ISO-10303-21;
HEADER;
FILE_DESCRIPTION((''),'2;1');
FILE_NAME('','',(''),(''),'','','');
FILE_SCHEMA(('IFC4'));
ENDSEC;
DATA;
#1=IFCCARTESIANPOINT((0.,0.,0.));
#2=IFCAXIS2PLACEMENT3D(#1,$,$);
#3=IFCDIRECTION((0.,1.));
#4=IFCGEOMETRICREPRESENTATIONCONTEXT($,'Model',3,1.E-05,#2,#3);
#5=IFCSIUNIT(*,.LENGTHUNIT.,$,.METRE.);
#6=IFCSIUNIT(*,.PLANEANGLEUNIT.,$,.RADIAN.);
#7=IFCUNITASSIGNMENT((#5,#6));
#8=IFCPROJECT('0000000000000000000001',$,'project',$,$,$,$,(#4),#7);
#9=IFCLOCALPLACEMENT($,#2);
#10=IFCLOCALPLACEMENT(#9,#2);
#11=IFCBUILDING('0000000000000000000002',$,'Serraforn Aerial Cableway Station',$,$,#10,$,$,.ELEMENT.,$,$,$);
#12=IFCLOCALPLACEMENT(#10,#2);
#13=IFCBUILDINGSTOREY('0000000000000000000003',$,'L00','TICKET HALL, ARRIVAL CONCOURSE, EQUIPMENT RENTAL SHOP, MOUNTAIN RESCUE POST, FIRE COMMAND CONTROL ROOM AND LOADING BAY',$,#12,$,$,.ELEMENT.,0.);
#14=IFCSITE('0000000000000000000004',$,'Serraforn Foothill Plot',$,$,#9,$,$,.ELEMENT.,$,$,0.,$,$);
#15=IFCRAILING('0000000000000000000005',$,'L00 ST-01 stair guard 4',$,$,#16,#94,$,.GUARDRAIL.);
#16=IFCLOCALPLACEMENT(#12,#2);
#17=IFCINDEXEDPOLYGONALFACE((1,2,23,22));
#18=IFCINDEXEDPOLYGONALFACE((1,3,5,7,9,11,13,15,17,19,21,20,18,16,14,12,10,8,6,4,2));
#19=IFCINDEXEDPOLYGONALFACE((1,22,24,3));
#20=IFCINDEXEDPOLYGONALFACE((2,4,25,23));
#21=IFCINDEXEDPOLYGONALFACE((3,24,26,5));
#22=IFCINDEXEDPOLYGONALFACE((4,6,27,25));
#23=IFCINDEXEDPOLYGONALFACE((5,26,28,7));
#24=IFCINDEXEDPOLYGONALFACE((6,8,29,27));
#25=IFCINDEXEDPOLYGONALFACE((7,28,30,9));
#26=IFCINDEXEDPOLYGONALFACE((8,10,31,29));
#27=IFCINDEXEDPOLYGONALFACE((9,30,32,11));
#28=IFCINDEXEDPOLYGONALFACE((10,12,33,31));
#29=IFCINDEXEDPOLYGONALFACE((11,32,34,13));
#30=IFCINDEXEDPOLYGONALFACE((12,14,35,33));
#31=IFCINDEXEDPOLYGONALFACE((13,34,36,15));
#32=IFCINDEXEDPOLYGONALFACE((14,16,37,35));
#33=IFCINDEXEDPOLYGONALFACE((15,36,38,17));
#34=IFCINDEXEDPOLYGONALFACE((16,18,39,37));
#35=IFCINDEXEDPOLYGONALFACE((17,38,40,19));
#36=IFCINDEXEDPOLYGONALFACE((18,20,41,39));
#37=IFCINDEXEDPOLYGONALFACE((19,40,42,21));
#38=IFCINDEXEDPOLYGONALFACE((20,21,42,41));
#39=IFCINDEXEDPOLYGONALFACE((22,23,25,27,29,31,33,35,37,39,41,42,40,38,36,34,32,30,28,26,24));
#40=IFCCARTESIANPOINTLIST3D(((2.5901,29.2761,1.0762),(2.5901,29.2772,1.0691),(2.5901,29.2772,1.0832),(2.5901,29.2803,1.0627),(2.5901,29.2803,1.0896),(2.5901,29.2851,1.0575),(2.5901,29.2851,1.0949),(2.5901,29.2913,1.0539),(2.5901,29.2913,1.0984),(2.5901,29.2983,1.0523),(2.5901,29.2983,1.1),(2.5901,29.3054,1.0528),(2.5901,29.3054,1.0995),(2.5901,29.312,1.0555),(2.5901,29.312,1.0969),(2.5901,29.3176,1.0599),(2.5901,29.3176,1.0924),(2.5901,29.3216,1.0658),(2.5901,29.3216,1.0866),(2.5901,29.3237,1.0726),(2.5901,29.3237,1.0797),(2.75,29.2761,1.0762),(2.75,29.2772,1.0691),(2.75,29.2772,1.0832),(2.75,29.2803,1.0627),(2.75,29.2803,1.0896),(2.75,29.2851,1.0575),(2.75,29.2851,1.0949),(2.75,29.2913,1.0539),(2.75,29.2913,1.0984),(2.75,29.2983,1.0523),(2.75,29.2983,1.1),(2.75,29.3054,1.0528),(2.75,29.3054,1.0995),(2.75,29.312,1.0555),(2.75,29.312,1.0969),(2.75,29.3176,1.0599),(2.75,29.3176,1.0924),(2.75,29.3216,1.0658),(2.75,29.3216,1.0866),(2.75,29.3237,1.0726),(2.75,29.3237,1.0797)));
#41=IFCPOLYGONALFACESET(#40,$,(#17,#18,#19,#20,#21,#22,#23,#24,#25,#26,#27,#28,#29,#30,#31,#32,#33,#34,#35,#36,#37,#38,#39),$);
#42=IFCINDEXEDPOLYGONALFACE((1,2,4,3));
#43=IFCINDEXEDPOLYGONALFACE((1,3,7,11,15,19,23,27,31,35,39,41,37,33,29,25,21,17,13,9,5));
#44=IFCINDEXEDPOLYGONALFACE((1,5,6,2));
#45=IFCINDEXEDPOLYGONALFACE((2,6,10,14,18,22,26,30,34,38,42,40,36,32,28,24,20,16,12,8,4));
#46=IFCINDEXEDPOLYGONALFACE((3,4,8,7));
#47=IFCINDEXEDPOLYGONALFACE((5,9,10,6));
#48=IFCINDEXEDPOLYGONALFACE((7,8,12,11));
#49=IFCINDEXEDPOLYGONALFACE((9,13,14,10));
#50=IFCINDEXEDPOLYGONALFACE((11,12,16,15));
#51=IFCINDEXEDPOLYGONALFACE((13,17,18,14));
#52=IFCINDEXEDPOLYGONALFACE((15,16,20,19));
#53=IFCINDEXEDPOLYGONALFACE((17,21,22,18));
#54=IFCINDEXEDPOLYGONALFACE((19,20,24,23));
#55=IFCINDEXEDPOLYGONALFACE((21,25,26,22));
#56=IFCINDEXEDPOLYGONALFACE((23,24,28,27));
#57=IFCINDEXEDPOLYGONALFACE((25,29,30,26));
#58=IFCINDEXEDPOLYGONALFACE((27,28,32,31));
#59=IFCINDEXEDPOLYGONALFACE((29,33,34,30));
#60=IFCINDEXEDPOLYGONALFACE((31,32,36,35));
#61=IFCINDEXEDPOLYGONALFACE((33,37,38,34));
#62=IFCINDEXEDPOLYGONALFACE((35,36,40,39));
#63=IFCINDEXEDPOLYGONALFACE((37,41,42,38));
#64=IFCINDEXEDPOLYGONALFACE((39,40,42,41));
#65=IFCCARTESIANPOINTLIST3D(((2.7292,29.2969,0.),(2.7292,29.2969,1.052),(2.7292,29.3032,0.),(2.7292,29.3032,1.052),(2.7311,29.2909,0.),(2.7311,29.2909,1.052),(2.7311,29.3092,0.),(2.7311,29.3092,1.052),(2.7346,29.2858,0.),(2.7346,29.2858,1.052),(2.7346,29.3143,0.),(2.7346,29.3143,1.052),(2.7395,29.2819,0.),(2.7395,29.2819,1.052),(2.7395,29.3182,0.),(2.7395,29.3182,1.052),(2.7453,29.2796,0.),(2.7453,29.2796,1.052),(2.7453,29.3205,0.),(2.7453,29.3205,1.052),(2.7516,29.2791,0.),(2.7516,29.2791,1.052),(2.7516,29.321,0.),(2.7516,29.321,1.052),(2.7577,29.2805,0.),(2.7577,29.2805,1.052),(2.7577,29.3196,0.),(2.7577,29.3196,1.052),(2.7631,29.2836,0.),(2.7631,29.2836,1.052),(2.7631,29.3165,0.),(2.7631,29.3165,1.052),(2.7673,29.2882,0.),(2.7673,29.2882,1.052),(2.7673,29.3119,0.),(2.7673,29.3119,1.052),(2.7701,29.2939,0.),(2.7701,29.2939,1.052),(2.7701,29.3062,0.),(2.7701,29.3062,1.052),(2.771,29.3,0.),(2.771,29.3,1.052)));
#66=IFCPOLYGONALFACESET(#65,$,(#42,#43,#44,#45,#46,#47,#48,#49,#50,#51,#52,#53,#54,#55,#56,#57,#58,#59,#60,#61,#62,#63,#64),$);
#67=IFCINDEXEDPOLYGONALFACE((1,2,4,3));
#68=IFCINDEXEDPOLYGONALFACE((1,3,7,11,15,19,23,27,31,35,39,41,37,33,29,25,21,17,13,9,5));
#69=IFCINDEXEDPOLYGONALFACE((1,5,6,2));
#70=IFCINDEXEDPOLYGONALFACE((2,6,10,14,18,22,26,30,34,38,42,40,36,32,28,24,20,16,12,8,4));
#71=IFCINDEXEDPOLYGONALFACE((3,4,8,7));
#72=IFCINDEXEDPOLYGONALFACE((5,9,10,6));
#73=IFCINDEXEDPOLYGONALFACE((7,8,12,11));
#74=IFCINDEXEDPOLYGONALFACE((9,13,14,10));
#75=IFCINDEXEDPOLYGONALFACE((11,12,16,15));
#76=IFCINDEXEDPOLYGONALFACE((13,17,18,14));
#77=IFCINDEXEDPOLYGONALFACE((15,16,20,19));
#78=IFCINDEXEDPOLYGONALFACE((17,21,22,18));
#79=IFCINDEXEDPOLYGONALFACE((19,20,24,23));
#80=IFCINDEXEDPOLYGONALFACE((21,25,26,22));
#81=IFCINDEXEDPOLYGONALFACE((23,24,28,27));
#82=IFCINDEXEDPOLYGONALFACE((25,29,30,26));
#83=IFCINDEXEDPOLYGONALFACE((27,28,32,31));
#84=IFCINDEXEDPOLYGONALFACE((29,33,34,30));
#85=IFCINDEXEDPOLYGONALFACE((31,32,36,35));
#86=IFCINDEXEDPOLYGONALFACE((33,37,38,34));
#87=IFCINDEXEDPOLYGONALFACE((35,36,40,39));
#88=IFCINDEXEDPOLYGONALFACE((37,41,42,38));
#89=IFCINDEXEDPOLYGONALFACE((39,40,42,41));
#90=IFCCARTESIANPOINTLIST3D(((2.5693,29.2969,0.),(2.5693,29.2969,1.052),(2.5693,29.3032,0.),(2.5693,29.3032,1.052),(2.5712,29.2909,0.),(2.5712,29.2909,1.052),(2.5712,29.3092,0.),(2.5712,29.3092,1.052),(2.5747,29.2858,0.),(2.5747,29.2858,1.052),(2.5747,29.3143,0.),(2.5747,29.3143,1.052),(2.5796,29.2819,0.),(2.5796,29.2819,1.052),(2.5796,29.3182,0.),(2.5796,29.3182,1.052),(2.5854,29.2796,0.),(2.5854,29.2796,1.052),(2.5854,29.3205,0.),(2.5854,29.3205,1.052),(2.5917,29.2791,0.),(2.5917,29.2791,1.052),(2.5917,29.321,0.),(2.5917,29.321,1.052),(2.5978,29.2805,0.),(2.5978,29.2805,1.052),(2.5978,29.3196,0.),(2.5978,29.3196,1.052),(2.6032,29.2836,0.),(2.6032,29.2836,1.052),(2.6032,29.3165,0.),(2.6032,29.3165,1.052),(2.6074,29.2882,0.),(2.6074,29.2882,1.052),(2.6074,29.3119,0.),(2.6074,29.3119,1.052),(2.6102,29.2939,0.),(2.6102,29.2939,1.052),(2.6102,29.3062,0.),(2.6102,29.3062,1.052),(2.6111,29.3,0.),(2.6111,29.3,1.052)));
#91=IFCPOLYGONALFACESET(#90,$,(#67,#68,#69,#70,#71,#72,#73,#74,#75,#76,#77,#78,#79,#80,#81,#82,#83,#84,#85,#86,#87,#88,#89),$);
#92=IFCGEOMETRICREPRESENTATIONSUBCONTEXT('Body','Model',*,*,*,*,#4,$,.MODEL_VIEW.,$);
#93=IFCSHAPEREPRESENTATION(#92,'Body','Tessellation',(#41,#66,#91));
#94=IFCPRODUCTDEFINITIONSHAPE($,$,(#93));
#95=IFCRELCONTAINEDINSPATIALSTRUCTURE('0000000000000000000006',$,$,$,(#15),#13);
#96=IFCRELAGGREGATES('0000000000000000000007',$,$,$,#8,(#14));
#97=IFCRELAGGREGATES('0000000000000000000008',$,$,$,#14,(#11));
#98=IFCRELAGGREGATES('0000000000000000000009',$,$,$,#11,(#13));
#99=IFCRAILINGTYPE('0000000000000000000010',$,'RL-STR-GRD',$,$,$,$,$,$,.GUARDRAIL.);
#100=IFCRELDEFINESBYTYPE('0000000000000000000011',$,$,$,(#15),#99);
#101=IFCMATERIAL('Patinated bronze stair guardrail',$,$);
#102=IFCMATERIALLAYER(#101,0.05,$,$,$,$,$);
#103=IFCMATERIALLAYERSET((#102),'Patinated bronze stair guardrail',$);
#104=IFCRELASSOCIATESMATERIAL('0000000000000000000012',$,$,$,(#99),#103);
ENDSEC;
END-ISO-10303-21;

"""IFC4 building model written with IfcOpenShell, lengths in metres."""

from ifc_helpers import new_model, si_unit, direction, frame, origin, origin_2d, place, context, subcontext, project, spatial, circle, extrude, material, layer, layer_set, type_object, element, save


model = new_model("IFC4")

# Units and contexts
model_context = context("Model", 3, precision=1e-05, world=origin(), true_north=direction((0.0, 1.0)))
body_context = subcontext(model_context, "Body", "Model", "MODEL_VIEW")
ifc_project = project(units=[si_unit("LENGTHUNIT", "METRE"), si_unit("PLANEANGLEUNIT", "RADIAN")], contexts=[model_context])

# Site, building, storey
site_placement = place(None, origin())
site = spatial("IfcSite", under=ifc_project, at=site_placement, Name="Serraforn Foothill Plot", CompositionType="ELEMENT", RefElevation=0.0)
building_placement = place(site_placement, origin())
building = spatial("IfcBuilding", under=site, at=building_placement, Name="Serraforn Aerial Cableway Station", CompositionType="ELEMENT")
storey_placement = place(building_placement, origin())
storey = spatial("IfcBuildingStorey", under=building, at=storey_placement, Name="L00", Description="TICKET HALL, ARRIVAL CONCOURSE, EQUIPMENT RENTAL SHOP, MOUNTAIN RESCUE POST, FIRE COMMAND CONTROL ROOM AND LOADING BAY", CompositionType="ELEMENT", Elevation=0.0)

# Railing
ifc_material_1 = material(Name="Patinated bronze stair guardrail")
ifc_layer_1 = layer(ifc_material_1, 0.05)
ifc_layer_set_1 = layer_set([ifc_layer_1], Name="Patinated bronze stair guardrail")
railing_type_1 = type_object("IfcRailingType", Name="RL-STR-GRD", PredefinedType="GUARDRAIL", material=ifc_layer_set_1)
railing_1_placement = place(storey_placement, frame((2.75, 29.3, 0.0)))
element("IfcRailing", 1, at=railing_1_placement, inside=storey, type_object=railing_type_1, Name="L00 ST-01 stair guard 4", PredefinedType="GUARDRAIL", context=body_context, shape_type="SweptSolid", body=[
    extrude(circle(Radius=0.0239, at=origin_2d()), frame((0.0, 0.0, 1.0762), z_axis=(-1.0, 0.0, 0.0), x_axis=(0.0, -1.0, 0.0)), (0.0, 0.0, 1.0), 0.1599),
    extrude(circle(Radius=0.021, at=origin_2d()), origin(), (0.0, 0.0, 1.0), 1.052),
    extrude(circle(Radius=0.021, at=origin_2d()), frame((-0.1599, 0.0, 0.0)), (0.0, 0.0, 1.0), 1.052),
])

save(model, "model.ifc")
